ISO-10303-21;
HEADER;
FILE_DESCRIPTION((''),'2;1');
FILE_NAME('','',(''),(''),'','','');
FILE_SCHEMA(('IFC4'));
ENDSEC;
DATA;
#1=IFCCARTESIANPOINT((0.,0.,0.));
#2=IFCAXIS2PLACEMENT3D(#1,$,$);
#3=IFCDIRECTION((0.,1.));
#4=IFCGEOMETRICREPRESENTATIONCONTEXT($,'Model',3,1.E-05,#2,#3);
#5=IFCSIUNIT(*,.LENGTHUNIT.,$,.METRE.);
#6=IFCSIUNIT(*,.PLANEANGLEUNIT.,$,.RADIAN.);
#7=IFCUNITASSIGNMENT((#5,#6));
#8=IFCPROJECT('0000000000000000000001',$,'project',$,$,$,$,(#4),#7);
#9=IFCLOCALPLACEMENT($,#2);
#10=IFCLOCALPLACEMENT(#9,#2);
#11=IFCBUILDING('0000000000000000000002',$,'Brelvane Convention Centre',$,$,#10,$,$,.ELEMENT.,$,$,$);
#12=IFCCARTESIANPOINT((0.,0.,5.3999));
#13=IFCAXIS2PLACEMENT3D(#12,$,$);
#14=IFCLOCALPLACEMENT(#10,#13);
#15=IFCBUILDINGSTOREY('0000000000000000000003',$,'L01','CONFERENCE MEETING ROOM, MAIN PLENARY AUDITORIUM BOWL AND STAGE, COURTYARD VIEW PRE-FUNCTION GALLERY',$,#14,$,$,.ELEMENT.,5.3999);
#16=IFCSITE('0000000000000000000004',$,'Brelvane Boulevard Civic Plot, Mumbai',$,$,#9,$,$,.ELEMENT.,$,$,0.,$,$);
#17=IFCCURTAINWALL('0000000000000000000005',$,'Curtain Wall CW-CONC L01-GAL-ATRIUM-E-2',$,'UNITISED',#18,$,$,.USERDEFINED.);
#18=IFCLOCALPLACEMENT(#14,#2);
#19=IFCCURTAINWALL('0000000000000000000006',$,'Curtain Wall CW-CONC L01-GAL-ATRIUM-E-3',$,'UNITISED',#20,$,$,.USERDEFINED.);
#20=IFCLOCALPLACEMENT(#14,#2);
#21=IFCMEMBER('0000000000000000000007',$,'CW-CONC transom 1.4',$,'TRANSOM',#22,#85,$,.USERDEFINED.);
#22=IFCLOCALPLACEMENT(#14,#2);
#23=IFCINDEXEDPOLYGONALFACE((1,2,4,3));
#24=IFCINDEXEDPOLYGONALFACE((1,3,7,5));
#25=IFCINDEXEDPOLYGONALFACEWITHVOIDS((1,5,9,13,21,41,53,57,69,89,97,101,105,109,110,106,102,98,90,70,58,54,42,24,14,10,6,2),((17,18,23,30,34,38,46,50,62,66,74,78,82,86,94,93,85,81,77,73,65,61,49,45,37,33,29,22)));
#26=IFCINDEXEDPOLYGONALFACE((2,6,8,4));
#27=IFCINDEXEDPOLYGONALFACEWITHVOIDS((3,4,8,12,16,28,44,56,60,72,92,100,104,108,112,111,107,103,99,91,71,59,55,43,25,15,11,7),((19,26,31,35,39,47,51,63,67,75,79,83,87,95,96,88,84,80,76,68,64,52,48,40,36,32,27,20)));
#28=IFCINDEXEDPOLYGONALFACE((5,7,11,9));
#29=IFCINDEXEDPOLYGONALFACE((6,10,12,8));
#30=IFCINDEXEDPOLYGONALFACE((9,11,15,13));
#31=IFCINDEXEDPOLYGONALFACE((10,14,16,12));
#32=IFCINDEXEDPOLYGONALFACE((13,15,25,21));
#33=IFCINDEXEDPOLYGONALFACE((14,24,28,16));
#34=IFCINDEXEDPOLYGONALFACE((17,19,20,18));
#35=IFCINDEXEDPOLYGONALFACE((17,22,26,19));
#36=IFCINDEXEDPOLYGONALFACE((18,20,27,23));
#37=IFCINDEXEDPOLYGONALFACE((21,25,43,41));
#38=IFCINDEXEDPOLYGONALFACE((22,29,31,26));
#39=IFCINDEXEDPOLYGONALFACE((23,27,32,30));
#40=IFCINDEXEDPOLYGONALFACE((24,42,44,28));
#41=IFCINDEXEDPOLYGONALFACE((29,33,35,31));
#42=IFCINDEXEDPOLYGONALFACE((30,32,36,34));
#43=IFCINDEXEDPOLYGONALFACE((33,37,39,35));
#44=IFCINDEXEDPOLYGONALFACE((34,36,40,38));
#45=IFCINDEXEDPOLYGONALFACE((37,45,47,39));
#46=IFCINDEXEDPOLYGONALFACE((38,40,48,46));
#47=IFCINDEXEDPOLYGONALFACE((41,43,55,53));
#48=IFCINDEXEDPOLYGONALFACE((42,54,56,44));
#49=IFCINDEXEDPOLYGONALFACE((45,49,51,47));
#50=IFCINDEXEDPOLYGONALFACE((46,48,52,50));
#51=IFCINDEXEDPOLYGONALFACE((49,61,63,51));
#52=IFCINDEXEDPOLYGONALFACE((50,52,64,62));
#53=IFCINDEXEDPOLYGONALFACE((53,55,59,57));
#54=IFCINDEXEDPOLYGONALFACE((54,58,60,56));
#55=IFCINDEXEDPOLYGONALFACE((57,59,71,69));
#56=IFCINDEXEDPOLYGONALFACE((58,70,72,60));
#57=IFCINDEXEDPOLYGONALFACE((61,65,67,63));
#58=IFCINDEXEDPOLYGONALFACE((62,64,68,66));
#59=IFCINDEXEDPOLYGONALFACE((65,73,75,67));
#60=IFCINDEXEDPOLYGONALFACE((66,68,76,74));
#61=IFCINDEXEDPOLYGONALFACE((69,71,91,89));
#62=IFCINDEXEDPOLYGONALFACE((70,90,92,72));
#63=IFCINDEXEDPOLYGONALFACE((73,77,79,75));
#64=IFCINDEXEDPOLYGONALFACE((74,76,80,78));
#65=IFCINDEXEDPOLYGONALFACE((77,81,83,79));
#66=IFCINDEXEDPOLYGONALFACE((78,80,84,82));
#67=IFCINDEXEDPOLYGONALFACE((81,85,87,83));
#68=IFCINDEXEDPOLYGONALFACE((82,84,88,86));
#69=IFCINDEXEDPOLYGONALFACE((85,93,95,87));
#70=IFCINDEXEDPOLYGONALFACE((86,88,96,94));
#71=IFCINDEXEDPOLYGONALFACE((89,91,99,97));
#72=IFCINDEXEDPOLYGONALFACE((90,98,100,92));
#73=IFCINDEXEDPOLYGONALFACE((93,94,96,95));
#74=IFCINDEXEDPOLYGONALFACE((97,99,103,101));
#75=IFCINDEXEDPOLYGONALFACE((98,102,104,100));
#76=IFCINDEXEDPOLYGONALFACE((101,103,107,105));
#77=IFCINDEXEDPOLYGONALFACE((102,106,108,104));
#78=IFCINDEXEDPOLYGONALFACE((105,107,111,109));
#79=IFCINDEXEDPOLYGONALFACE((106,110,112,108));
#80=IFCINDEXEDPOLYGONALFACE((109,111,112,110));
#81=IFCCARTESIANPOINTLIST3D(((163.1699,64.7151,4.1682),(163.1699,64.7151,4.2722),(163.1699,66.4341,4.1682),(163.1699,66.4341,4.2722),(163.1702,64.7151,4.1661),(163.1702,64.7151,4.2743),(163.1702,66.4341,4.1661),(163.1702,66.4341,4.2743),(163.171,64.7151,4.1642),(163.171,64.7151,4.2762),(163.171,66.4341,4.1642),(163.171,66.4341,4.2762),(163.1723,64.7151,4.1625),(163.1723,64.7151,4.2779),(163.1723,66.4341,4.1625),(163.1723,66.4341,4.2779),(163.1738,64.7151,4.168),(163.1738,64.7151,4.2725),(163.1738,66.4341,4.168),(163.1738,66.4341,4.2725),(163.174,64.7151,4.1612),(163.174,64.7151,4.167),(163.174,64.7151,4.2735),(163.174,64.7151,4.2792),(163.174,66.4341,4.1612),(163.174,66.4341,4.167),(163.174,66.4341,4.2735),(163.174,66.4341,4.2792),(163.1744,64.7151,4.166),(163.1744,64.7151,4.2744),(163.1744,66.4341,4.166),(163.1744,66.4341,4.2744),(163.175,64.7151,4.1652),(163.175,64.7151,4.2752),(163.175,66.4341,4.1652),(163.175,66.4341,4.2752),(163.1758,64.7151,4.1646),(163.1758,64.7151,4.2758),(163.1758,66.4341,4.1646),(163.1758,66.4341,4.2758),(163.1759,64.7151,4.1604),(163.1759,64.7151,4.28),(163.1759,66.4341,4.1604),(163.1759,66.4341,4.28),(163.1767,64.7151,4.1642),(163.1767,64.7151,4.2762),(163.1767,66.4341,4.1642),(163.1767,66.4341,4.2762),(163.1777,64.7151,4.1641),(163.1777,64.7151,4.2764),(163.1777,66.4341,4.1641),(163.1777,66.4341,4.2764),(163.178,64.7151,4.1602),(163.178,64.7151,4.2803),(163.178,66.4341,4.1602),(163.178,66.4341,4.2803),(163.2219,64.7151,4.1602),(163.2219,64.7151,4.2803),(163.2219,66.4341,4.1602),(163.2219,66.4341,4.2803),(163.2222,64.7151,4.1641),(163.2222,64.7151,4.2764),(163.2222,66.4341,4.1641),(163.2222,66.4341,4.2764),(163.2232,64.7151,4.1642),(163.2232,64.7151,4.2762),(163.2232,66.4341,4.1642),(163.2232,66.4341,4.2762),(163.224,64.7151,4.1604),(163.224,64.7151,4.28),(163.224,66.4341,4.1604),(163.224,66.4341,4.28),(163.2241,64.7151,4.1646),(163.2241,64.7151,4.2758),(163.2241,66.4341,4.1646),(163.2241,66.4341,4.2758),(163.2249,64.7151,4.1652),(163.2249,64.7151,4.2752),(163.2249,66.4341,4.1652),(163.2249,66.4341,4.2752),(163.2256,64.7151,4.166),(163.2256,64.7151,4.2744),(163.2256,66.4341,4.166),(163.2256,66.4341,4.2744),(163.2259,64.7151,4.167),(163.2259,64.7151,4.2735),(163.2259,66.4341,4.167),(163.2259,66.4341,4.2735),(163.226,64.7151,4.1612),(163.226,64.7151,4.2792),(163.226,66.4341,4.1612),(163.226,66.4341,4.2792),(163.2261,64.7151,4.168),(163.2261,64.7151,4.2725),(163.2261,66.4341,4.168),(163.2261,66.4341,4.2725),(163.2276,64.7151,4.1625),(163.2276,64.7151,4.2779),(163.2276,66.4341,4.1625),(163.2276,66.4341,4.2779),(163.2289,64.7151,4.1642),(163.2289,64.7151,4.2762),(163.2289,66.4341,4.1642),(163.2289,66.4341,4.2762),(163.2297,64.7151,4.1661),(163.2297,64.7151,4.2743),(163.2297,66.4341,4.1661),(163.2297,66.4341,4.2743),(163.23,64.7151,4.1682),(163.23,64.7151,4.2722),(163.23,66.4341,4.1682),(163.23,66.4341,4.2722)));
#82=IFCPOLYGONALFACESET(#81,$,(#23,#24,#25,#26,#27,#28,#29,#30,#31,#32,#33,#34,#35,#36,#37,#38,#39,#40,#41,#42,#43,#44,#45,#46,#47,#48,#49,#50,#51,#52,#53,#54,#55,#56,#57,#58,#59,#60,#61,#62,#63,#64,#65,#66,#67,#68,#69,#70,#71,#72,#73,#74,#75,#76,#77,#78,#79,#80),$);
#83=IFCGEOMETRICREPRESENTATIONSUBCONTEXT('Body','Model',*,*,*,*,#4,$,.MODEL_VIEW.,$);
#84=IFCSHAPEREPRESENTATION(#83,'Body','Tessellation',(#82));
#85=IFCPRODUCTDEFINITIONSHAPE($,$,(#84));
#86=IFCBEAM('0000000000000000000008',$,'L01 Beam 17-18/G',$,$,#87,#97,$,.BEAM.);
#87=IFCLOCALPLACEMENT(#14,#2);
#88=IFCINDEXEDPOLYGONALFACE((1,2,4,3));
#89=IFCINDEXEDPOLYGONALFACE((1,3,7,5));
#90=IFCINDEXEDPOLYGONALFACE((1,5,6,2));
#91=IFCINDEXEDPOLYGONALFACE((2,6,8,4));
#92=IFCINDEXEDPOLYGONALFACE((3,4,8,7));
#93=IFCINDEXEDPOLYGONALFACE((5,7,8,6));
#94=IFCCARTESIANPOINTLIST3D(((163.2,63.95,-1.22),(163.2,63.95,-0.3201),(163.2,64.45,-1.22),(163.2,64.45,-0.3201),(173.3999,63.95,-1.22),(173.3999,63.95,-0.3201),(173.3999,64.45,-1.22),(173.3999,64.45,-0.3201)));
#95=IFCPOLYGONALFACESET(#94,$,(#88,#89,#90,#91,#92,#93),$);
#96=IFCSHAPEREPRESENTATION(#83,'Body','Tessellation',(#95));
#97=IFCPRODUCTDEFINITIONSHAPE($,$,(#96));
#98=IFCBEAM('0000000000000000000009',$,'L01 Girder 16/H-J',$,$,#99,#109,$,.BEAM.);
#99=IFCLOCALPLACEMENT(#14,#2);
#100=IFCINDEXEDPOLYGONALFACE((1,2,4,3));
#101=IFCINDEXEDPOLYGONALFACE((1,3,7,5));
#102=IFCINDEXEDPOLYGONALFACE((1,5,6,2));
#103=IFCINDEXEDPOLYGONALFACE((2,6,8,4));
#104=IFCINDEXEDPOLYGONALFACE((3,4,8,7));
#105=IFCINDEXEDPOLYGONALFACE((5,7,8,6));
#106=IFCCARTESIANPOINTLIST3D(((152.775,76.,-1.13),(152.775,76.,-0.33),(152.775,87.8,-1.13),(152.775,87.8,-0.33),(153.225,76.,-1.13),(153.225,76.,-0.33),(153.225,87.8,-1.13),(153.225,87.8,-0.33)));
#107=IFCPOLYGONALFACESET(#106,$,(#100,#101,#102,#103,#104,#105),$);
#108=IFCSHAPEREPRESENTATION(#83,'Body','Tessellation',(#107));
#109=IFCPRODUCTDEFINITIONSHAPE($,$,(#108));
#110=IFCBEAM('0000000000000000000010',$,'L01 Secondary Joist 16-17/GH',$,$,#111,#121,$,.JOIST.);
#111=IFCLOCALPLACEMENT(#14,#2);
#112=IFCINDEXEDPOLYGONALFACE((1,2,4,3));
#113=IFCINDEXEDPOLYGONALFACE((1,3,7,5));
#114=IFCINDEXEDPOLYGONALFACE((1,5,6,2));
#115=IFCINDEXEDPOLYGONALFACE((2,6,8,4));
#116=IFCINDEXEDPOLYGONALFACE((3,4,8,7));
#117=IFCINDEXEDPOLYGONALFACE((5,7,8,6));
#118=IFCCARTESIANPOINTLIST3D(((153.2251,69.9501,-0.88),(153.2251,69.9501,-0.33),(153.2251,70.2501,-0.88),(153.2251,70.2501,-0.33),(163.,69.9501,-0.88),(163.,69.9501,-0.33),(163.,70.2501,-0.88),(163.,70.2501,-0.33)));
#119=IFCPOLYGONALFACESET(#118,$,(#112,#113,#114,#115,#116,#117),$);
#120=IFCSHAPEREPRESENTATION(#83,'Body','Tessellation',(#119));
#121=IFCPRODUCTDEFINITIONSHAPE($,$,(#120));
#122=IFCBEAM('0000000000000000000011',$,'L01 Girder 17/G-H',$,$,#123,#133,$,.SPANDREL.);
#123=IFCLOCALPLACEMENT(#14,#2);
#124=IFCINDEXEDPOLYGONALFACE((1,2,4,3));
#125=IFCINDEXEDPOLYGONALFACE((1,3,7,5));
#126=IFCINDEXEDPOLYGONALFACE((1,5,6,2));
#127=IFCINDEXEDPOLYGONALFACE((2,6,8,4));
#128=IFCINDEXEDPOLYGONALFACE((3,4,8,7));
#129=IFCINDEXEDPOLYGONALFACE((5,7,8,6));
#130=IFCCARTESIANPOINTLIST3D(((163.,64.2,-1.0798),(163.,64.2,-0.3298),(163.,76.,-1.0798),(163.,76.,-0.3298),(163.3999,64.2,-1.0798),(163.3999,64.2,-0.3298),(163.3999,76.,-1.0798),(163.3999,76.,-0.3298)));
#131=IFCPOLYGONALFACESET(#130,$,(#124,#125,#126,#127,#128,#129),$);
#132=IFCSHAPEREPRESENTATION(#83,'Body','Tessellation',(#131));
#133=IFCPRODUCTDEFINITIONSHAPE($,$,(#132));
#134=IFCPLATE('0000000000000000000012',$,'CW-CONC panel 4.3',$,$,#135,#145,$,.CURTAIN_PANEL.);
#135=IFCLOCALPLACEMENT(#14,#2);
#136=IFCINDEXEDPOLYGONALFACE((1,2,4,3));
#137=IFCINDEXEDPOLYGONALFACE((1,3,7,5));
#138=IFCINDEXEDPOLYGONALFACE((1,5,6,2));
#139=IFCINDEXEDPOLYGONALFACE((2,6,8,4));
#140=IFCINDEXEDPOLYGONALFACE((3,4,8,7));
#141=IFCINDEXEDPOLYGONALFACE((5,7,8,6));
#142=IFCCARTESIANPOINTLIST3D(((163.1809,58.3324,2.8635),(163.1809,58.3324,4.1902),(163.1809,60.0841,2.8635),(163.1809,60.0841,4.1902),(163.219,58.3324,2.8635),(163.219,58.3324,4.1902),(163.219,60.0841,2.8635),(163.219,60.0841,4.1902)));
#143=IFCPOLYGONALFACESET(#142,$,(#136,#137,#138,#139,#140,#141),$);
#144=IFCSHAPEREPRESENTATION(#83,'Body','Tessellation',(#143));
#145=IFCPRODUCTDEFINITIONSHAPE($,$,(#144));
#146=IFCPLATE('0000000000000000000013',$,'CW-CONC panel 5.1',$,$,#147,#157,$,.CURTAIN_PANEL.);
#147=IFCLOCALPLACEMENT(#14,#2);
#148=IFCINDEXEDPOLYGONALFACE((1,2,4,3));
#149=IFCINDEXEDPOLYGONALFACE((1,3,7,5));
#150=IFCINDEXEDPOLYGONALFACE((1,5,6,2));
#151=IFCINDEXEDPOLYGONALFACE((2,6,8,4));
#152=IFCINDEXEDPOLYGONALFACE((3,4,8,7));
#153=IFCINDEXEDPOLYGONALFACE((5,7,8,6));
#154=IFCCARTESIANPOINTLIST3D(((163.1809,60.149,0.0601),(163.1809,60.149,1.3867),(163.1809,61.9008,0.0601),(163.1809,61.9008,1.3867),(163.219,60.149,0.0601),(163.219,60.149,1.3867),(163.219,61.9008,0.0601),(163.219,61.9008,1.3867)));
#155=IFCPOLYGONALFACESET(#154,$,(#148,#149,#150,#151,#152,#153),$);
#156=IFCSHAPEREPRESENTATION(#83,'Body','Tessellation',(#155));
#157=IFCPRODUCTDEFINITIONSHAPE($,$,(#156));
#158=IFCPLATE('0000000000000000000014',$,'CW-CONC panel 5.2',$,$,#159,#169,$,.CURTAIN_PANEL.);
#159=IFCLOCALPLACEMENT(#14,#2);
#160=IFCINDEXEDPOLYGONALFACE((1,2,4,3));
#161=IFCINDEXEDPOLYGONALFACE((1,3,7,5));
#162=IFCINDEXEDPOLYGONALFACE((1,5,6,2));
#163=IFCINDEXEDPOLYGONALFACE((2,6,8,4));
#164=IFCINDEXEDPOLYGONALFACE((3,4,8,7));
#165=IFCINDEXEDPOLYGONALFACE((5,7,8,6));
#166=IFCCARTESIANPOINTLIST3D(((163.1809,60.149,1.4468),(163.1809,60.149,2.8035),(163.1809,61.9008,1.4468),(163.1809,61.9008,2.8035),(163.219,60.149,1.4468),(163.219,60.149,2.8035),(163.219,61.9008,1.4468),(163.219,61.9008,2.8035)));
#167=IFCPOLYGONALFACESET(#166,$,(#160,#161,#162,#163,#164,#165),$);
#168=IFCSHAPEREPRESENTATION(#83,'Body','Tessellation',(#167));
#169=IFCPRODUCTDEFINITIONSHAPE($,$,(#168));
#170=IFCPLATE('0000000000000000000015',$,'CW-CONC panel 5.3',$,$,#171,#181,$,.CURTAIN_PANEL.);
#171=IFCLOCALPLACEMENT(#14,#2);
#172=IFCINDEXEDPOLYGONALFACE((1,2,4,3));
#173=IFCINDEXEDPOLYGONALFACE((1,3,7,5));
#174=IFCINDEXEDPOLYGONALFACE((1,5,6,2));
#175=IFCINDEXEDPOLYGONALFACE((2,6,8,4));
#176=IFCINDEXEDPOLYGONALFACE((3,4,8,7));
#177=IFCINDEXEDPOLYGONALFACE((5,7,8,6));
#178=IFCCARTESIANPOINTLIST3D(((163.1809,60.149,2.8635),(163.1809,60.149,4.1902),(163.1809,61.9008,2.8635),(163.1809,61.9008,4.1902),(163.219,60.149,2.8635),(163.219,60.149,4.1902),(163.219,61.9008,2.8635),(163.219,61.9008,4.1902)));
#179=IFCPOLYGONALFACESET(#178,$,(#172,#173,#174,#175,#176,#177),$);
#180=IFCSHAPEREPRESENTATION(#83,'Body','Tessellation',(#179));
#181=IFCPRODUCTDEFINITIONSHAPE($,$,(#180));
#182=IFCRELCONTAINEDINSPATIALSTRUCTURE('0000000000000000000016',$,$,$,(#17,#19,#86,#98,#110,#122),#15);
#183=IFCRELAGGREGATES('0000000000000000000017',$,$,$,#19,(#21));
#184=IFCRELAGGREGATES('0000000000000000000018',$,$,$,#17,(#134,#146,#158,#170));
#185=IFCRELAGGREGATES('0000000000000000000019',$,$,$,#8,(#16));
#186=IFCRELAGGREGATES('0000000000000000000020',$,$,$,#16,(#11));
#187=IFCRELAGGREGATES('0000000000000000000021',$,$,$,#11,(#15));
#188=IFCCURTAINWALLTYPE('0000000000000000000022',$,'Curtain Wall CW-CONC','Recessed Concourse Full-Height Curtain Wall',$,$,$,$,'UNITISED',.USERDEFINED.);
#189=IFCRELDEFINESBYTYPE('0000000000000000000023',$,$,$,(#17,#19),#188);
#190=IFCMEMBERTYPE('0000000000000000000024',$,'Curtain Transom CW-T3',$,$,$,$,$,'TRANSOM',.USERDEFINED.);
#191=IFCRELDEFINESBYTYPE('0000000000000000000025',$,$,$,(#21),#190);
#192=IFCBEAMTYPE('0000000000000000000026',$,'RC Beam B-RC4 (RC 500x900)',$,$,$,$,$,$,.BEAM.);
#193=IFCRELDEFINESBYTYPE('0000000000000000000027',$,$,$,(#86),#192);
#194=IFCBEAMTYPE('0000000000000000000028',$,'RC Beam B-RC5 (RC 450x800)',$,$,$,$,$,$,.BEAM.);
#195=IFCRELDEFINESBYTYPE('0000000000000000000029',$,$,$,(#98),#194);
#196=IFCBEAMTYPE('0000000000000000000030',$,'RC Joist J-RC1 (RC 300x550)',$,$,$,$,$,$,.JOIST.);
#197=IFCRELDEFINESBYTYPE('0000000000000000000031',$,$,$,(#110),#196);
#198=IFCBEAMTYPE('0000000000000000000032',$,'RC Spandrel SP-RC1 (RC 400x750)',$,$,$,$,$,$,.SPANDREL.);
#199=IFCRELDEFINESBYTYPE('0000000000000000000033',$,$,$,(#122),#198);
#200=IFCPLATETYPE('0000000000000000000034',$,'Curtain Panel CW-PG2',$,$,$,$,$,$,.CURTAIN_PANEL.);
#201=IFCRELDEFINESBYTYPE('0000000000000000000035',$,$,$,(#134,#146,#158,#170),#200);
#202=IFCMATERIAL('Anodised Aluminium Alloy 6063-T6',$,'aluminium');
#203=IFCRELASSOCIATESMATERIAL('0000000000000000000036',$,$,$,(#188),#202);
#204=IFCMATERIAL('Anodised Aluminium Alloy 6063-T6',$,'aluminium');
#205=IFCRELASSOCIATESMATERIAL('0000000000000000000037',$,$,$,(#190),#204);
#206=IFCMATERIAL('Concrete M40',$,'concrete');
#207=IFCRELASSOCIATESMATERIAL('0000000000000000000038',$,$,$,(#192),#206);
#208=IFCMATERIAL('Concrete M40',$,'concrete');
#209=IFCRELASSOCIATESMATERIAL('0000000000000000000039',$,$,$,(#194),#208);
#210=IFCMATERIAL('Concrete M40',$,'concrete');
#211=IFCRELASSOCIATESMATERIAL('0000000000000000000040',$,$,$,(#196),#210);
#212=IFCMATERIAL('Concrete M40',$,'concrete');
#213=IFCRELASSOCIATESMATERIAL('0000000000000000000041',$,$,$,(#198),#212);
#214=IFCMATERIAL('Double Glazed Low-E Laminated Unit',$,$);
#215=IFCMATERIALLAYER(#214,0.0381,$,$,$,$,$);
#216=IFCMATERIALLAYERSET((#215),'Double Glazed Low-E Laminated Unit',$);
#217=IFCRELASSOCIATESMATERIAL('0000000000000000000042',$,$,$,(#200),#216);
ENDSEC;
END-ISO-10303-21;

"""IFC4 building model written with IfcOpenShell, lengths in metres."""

from ifc_helpers import new_model, si_unit, direction, frame, origin, origin_2d, place, context, subcontext, project, spatial, rectangle, hollow_rectangle, extrude, material, layer, layer_set, material_profile, profile_set, type_object, element, aggregate, save


model = new_model("IFC4")

# Units and contexts
model_context = context("Model", 3, precision=1e-05, world=origin(), true_north=direction((0.0, 1.0)))
body_context = subcontext(model_context, "Body", "Model", "MODEL_VIEW")
ifc_project = project(units=[si_unit("LENGTHUNIT", "METRE"), si_unit("PLANEANGLEUNIT", "RADIAN")], contexts=[model_context])

# Site, building, storey
site_placement = place(None, origin())
site = spatial("IfcSite", under=ifc_project, at=site_placement, Name="Brelvane Boulevard Civic Plot, Mumbai", CompositionType="ELEMENT", RefElevation=0.0)
building_placement = place(site_placement, origin())
building = spatial("IfcBuilding", under=site, at=building_placement, Name="Brelvane Convention Centre", CompositionType="ELEMENT")
storey_placement = place(building_placement, frame((0.0, 0.0, 5.3999)))
storey = spatial("IfcBuildingStorey", under=building, at=storey_placement, Name="L01", Description="CONFERENCE MEETING ROOM, MAIN PLENARY AUDITORIUM BOWL AND STAGE, COURTYARD VIEW PRE-FUNCTION GALLERY", CompositionType="ELEMENT", Elevation=5.3999)

# Curtain wall
ifc_material_1 = material(Name="Anodised Aluminium Alloy 6063-T6", Category="aluminium")
curtain_wall_type = type_object("IfcCurtainWallType", Name="Curtain Wall CW-CONC", Description="Recessed Concourse Full-Height Curtain Wall", ElementType="UNITISED", PredefinedType="USERDEFINED", material=ifc_material_1)
curtain_wall_1_placement = place(storey_placement, origin())
curtain_wall_1 = element("IfcCurtainWall", 1, at=curtain_wall_1_placement, inside=storey, type_object=curtain_wall_type, Name="Curtain Wall CW-CONC L01-GAL-ATRIUM-E-2", ObjectType="UNITISED", PredefinedType="USERDEFINED")

# Curtain wall
curtain_wall_2_placement = place(storey_placement, origin())
curtain_wall_2 = element("IfcCurtainWall", 2, at=curtain_wall_2_placement, inside=storey, type_object=curtain_wall_type, Name="Curtain Wall CW-CONC L01-GAL-ATRIUM-E-3", ObjectType="UNITISED", PredefinedType="USERDEFINED")

# Member
ifc_material_2 = material(Name="Anodised Aluminium Alloy 6063-T6", Category="aluminium")
ifc_material_profile_1 = material_profile(ifc_material_2, hollow_rectangle(XDim=0.0601, YDim=0.1201, WallThickness=0.0039, InnerFilletRadius=0.0039, OuterFilletRadius=0.0081, at=origin_2d()), Name="ALU-T 120x60x4.0")
ifc_profile_set_1 = profile_set([ifc_material_profile_1], Name="Anodised Aluminium Alloy 6063-T6")
member_type_1 = type_object("IfcMemberType", Name="Curtain Transom CW-T3", ElementType="TRANSOM", PredefinedType="USERDEFINED", material=ifc_profile_set_1)
member_1_placement = place(storey_placement, frame((163.2, 64.7151, 4.2202), z_axis=(0.0, 1.0, 0.0), x_axis=(-1.0, 0.0, 0.0)))
member_1 = element("IfcMember", 3, at=member_1_placement, type_object=member_type_1, Name="CW-CONC transom 1.4", ObjectType="TRANSOM", PredefinedType="USERDEFINED", context=body_context, shape_type="SweptSolid", body=[
    extrude(hollow_rectangle(XDim=0.0601, YDim=0.1201, WallThickness=0.0039, InnerFilletRadius=0.0039, OuterFilletRadius=0.0081, at=origin_2d()), origin(), (0.0, 0.0, 1.0), 1.719),
])
aggregate(curtain_wall_2, [member_1])

# Beams
ifc_material_3 = material(Name="Concrete M40", Category="concrete")
ifc_material_profile_2 = material_profile(ifc_material_3, rectangle(XDim=0.5, YDim=0.8999, at=origin_2d()), Name="RC 500x900")
ifc_profile_set_2 = profile_set([ifc_material_profile_2], Name="Concrete M40")
beam_type_1 = type_object("IfcBeamType", Name="RC Beam B-RC4 (RC 500x900)", PredefinedType="BEAM", material=ifc_profile_set_2)
beam_1_placement = place(storey_placement, frame((163.2, 64.2, -0.77), z_axis=(1.0, 0.0, 0.0), x_axis=(0.0, 1.0, 0.0)))
element("IfcBeam", 4, at=beam_1_placement, inside=storey, type_object=beam_type_1, Name="L01 Beam 17-18/G", PredefinedType="BEAM", context=body_context, shape_type="SweptSolid", body=[
    extrude(rectangle(XDim=0.5, YDim=0.8999, at=origin_2d()), origin(), (0.0, 0.0, 1.0), 10.2),
])
ifc_material_4 = material(Name="Concrete M40", Category="concrete")
ifc_material_profile_3 = material_profile(ifc_material_4, rectangle(XDim=0.45, YDim=0.8, at=origin_2d()), Name="RC 450x800")
ifc_profile_set_3 = profile_set([ifc_material_profile_3], Name="Concrete M40")
beam_type_2 = type_object("IfcBeamType", Name="RC Beam B-RC5 (RC 450x800)", PredefinedType="BEAM", material=ifc_profile_set_3)
beam_2_placement = place(storey_placement, frame((153.0, 76.0, -0.73), z_axis=(0.0, 1.0, 0.0), x_axis=(-1.0, 0.0, 0.0)))
element("IfcBeam", 5, at=beam_2_placement, inside=storey, type_object=beam_type_2, Name="L01 Girder 16/H-J", PredefinedType="BEAM", context=body_context, shape_type="SweptSolid", body=[
    extrude(rectangle(XDim=0.45, YDim=0.8, at=origin_2d()), origin(), (0.0, 0.0, 1.0), 11.8),
])
ifc_material_5 = material(Name="Concrete M40", Category="concrete")
ifc_material_profile_4 = material_profile(ifc_material_5, rectangle(XDim=0.3, YDim=0.55, at=origin_2d()), Name="RC 300x550")
ifc_profile_set_4 = profile_set([ifc_material_profile_4], Name="Concrete M40")
beam_type_3 = type_object("IfcBeamType", Name="RC Joist J-RC1 (RC 300x550)", PredefinedType="JOIST", material=ifc_profile_set_4)
beam_3_placement = place(storey_placement, frame((153.2251, 70.1001, -0.605), z_axis=(1.0, 0.0, 0.0), x_axis=(0.0, 1.0, 0.0)))
element("IfcBeam", 6, at=beam_3_placement, inside=storey, type_object=beam_type_3, Name="L01 Secondary Joist 16-17/GH", PredefinedType="JOIST", context=body_context, shape_type="SweptSolid", body=[
    extrude(rectangle(XDim=0.3, YDim=0.55, at=origin_2d()), origin(), (0.0, 0.0, 1.0), 9.7749),
])
ifc_material_6 = material(Name="Concrete M40", Category="concrete")
ifc_material_profile_5 = material_profile(ifc_material_6, rectangle(XDim=0.3999, YDim=0.75, at=origin_2d()), Name="RC 400x750")
ifc_profile_set_5 = profile_set([ifc_material_profile_5], Name="Concrete M40")
beam_type_4 = type_object("IfcBeamType", Name="RC Spandrel SP-RC1 (RC 400x750)", PredefinedType="SPANDREL", material=ifc_profile_set_5)
beam_4_placement = place(storey_placement, frame((163.2, 64.2, -0.7048), z_axis=(0.0, 1.0, 0.0), x_axis=(-1.0, 0.0, 0.0)))
element("IfcBeam", 7, at=beam_4_placement, inside=storey, type_object=beam_type_4, Name="L01 Girder 17/G-H", PredefinedType="SPANDREL", context=body_context, shape_type="SweptSolid", body=[
    extrude(rectangle(XDim=0.3999, YDim=0.75, at=origin_2d()), origin(), (0.0, 0.0, 1.0), 11.8),
])

# Plates
ifc_material_7 = material(Name="Double Glazed Low-E Laminated Unit")
ifc_layer_1 = layer(ifc_material_7, 0.0381)
ifc_layer_set_1 = layer_set([ifc_layer_1], Name="Double Glazed Low-E Laminated Unit")
plate_type = type_object("IfcPlateType", Name="Curtain Panel CW-PG2", PredefinedType="CURTAIN_PANEL", material=ifc_layer_set_1)
plate_1_placement = place(storey_placement, frame((163.2, 59.2083, 2.8635), z_axis=(0.0, 0.0, 1.0), x_axis=(0.0, 1.0, 0.0)))
plate_1 = element("IfcPlate", 8, at=plate_1_placement, type_object=plate_type, Name="CW-CONC panel 4.3", PredefinedType="CURTAIN_PANEL", context=body_context, shape_type="SweptSolid", body=[
    extrude(rectangle(XDim=1.7517, YDim=0.0381, at=origin_2d()), origin(), (0.0, 0.0, 1.0), 1.3267),
])
plate_2_placement = place(storey_placement, frame((163.2, 61.0249, 0.0601), z_axis=(0.0, 0.0, 1.0), x_axis=(0.0, 1.0, 0.0)))
plate_2 = element("IfcPlate", 9, at=plate_2_placement, type_object=plate_type, Name="CW-CONC panel 5.1", PredefinedType="CURTAIN_PANEL", context=body_context, shape_type="SweptSolid", body=[
    extrude(rectangle(XDim=1.7517, YDim=0.0381, at=origin_2d()), origin(), (0.0, 0.0, 1.0), 1.3267),
])
plate_3_placement = place(storey_placement, frame((163.2, 61.0249, 1.4468), z_axis=(0.0, 0.0, 1.0), x_axis=(0.0, 1.0, 0.0)))
plate_3 = element("IfcPlate", 10, at=plate_3_placement, type_object=plate_type, Name="CW-CONC panel 5.2", PredefinedType="CURTAIN_PANEL", context=body_context, shape_type="SweptSolid", body=[
    extrude(rectangle(XDim=1.7517, YDim=0.0381, at=origin_2d()), origin(), (0.0, 0.0, 1.0), 1.3567),
])
plate_4_placement = place(storey_placement, frame((163.2, 61.0249, 2.8635), z_axis=(0.0, 0.0, 1.0), x_axis=(0.0, 1.0, 0.0)))
plate_4 = element("IfcPlate", 11, at=plate_4_placement, type_object=plate_type, Name="CW-CONC panel 5.3", PredefinedType="CURTAIN_PANEL", context=body_context, shape_type="SweptSolid", body=[
    extrude(rectangle(XDim=1.7517, YDim=0.0381, at=origin_2d()), origin(), (0.0, 0.0, 1.0), 1.3267),
])
aggregate(curtain_wall_1, [plate_1, plate_2, plate_3, plate_4])

save(model, "model.ifc")
